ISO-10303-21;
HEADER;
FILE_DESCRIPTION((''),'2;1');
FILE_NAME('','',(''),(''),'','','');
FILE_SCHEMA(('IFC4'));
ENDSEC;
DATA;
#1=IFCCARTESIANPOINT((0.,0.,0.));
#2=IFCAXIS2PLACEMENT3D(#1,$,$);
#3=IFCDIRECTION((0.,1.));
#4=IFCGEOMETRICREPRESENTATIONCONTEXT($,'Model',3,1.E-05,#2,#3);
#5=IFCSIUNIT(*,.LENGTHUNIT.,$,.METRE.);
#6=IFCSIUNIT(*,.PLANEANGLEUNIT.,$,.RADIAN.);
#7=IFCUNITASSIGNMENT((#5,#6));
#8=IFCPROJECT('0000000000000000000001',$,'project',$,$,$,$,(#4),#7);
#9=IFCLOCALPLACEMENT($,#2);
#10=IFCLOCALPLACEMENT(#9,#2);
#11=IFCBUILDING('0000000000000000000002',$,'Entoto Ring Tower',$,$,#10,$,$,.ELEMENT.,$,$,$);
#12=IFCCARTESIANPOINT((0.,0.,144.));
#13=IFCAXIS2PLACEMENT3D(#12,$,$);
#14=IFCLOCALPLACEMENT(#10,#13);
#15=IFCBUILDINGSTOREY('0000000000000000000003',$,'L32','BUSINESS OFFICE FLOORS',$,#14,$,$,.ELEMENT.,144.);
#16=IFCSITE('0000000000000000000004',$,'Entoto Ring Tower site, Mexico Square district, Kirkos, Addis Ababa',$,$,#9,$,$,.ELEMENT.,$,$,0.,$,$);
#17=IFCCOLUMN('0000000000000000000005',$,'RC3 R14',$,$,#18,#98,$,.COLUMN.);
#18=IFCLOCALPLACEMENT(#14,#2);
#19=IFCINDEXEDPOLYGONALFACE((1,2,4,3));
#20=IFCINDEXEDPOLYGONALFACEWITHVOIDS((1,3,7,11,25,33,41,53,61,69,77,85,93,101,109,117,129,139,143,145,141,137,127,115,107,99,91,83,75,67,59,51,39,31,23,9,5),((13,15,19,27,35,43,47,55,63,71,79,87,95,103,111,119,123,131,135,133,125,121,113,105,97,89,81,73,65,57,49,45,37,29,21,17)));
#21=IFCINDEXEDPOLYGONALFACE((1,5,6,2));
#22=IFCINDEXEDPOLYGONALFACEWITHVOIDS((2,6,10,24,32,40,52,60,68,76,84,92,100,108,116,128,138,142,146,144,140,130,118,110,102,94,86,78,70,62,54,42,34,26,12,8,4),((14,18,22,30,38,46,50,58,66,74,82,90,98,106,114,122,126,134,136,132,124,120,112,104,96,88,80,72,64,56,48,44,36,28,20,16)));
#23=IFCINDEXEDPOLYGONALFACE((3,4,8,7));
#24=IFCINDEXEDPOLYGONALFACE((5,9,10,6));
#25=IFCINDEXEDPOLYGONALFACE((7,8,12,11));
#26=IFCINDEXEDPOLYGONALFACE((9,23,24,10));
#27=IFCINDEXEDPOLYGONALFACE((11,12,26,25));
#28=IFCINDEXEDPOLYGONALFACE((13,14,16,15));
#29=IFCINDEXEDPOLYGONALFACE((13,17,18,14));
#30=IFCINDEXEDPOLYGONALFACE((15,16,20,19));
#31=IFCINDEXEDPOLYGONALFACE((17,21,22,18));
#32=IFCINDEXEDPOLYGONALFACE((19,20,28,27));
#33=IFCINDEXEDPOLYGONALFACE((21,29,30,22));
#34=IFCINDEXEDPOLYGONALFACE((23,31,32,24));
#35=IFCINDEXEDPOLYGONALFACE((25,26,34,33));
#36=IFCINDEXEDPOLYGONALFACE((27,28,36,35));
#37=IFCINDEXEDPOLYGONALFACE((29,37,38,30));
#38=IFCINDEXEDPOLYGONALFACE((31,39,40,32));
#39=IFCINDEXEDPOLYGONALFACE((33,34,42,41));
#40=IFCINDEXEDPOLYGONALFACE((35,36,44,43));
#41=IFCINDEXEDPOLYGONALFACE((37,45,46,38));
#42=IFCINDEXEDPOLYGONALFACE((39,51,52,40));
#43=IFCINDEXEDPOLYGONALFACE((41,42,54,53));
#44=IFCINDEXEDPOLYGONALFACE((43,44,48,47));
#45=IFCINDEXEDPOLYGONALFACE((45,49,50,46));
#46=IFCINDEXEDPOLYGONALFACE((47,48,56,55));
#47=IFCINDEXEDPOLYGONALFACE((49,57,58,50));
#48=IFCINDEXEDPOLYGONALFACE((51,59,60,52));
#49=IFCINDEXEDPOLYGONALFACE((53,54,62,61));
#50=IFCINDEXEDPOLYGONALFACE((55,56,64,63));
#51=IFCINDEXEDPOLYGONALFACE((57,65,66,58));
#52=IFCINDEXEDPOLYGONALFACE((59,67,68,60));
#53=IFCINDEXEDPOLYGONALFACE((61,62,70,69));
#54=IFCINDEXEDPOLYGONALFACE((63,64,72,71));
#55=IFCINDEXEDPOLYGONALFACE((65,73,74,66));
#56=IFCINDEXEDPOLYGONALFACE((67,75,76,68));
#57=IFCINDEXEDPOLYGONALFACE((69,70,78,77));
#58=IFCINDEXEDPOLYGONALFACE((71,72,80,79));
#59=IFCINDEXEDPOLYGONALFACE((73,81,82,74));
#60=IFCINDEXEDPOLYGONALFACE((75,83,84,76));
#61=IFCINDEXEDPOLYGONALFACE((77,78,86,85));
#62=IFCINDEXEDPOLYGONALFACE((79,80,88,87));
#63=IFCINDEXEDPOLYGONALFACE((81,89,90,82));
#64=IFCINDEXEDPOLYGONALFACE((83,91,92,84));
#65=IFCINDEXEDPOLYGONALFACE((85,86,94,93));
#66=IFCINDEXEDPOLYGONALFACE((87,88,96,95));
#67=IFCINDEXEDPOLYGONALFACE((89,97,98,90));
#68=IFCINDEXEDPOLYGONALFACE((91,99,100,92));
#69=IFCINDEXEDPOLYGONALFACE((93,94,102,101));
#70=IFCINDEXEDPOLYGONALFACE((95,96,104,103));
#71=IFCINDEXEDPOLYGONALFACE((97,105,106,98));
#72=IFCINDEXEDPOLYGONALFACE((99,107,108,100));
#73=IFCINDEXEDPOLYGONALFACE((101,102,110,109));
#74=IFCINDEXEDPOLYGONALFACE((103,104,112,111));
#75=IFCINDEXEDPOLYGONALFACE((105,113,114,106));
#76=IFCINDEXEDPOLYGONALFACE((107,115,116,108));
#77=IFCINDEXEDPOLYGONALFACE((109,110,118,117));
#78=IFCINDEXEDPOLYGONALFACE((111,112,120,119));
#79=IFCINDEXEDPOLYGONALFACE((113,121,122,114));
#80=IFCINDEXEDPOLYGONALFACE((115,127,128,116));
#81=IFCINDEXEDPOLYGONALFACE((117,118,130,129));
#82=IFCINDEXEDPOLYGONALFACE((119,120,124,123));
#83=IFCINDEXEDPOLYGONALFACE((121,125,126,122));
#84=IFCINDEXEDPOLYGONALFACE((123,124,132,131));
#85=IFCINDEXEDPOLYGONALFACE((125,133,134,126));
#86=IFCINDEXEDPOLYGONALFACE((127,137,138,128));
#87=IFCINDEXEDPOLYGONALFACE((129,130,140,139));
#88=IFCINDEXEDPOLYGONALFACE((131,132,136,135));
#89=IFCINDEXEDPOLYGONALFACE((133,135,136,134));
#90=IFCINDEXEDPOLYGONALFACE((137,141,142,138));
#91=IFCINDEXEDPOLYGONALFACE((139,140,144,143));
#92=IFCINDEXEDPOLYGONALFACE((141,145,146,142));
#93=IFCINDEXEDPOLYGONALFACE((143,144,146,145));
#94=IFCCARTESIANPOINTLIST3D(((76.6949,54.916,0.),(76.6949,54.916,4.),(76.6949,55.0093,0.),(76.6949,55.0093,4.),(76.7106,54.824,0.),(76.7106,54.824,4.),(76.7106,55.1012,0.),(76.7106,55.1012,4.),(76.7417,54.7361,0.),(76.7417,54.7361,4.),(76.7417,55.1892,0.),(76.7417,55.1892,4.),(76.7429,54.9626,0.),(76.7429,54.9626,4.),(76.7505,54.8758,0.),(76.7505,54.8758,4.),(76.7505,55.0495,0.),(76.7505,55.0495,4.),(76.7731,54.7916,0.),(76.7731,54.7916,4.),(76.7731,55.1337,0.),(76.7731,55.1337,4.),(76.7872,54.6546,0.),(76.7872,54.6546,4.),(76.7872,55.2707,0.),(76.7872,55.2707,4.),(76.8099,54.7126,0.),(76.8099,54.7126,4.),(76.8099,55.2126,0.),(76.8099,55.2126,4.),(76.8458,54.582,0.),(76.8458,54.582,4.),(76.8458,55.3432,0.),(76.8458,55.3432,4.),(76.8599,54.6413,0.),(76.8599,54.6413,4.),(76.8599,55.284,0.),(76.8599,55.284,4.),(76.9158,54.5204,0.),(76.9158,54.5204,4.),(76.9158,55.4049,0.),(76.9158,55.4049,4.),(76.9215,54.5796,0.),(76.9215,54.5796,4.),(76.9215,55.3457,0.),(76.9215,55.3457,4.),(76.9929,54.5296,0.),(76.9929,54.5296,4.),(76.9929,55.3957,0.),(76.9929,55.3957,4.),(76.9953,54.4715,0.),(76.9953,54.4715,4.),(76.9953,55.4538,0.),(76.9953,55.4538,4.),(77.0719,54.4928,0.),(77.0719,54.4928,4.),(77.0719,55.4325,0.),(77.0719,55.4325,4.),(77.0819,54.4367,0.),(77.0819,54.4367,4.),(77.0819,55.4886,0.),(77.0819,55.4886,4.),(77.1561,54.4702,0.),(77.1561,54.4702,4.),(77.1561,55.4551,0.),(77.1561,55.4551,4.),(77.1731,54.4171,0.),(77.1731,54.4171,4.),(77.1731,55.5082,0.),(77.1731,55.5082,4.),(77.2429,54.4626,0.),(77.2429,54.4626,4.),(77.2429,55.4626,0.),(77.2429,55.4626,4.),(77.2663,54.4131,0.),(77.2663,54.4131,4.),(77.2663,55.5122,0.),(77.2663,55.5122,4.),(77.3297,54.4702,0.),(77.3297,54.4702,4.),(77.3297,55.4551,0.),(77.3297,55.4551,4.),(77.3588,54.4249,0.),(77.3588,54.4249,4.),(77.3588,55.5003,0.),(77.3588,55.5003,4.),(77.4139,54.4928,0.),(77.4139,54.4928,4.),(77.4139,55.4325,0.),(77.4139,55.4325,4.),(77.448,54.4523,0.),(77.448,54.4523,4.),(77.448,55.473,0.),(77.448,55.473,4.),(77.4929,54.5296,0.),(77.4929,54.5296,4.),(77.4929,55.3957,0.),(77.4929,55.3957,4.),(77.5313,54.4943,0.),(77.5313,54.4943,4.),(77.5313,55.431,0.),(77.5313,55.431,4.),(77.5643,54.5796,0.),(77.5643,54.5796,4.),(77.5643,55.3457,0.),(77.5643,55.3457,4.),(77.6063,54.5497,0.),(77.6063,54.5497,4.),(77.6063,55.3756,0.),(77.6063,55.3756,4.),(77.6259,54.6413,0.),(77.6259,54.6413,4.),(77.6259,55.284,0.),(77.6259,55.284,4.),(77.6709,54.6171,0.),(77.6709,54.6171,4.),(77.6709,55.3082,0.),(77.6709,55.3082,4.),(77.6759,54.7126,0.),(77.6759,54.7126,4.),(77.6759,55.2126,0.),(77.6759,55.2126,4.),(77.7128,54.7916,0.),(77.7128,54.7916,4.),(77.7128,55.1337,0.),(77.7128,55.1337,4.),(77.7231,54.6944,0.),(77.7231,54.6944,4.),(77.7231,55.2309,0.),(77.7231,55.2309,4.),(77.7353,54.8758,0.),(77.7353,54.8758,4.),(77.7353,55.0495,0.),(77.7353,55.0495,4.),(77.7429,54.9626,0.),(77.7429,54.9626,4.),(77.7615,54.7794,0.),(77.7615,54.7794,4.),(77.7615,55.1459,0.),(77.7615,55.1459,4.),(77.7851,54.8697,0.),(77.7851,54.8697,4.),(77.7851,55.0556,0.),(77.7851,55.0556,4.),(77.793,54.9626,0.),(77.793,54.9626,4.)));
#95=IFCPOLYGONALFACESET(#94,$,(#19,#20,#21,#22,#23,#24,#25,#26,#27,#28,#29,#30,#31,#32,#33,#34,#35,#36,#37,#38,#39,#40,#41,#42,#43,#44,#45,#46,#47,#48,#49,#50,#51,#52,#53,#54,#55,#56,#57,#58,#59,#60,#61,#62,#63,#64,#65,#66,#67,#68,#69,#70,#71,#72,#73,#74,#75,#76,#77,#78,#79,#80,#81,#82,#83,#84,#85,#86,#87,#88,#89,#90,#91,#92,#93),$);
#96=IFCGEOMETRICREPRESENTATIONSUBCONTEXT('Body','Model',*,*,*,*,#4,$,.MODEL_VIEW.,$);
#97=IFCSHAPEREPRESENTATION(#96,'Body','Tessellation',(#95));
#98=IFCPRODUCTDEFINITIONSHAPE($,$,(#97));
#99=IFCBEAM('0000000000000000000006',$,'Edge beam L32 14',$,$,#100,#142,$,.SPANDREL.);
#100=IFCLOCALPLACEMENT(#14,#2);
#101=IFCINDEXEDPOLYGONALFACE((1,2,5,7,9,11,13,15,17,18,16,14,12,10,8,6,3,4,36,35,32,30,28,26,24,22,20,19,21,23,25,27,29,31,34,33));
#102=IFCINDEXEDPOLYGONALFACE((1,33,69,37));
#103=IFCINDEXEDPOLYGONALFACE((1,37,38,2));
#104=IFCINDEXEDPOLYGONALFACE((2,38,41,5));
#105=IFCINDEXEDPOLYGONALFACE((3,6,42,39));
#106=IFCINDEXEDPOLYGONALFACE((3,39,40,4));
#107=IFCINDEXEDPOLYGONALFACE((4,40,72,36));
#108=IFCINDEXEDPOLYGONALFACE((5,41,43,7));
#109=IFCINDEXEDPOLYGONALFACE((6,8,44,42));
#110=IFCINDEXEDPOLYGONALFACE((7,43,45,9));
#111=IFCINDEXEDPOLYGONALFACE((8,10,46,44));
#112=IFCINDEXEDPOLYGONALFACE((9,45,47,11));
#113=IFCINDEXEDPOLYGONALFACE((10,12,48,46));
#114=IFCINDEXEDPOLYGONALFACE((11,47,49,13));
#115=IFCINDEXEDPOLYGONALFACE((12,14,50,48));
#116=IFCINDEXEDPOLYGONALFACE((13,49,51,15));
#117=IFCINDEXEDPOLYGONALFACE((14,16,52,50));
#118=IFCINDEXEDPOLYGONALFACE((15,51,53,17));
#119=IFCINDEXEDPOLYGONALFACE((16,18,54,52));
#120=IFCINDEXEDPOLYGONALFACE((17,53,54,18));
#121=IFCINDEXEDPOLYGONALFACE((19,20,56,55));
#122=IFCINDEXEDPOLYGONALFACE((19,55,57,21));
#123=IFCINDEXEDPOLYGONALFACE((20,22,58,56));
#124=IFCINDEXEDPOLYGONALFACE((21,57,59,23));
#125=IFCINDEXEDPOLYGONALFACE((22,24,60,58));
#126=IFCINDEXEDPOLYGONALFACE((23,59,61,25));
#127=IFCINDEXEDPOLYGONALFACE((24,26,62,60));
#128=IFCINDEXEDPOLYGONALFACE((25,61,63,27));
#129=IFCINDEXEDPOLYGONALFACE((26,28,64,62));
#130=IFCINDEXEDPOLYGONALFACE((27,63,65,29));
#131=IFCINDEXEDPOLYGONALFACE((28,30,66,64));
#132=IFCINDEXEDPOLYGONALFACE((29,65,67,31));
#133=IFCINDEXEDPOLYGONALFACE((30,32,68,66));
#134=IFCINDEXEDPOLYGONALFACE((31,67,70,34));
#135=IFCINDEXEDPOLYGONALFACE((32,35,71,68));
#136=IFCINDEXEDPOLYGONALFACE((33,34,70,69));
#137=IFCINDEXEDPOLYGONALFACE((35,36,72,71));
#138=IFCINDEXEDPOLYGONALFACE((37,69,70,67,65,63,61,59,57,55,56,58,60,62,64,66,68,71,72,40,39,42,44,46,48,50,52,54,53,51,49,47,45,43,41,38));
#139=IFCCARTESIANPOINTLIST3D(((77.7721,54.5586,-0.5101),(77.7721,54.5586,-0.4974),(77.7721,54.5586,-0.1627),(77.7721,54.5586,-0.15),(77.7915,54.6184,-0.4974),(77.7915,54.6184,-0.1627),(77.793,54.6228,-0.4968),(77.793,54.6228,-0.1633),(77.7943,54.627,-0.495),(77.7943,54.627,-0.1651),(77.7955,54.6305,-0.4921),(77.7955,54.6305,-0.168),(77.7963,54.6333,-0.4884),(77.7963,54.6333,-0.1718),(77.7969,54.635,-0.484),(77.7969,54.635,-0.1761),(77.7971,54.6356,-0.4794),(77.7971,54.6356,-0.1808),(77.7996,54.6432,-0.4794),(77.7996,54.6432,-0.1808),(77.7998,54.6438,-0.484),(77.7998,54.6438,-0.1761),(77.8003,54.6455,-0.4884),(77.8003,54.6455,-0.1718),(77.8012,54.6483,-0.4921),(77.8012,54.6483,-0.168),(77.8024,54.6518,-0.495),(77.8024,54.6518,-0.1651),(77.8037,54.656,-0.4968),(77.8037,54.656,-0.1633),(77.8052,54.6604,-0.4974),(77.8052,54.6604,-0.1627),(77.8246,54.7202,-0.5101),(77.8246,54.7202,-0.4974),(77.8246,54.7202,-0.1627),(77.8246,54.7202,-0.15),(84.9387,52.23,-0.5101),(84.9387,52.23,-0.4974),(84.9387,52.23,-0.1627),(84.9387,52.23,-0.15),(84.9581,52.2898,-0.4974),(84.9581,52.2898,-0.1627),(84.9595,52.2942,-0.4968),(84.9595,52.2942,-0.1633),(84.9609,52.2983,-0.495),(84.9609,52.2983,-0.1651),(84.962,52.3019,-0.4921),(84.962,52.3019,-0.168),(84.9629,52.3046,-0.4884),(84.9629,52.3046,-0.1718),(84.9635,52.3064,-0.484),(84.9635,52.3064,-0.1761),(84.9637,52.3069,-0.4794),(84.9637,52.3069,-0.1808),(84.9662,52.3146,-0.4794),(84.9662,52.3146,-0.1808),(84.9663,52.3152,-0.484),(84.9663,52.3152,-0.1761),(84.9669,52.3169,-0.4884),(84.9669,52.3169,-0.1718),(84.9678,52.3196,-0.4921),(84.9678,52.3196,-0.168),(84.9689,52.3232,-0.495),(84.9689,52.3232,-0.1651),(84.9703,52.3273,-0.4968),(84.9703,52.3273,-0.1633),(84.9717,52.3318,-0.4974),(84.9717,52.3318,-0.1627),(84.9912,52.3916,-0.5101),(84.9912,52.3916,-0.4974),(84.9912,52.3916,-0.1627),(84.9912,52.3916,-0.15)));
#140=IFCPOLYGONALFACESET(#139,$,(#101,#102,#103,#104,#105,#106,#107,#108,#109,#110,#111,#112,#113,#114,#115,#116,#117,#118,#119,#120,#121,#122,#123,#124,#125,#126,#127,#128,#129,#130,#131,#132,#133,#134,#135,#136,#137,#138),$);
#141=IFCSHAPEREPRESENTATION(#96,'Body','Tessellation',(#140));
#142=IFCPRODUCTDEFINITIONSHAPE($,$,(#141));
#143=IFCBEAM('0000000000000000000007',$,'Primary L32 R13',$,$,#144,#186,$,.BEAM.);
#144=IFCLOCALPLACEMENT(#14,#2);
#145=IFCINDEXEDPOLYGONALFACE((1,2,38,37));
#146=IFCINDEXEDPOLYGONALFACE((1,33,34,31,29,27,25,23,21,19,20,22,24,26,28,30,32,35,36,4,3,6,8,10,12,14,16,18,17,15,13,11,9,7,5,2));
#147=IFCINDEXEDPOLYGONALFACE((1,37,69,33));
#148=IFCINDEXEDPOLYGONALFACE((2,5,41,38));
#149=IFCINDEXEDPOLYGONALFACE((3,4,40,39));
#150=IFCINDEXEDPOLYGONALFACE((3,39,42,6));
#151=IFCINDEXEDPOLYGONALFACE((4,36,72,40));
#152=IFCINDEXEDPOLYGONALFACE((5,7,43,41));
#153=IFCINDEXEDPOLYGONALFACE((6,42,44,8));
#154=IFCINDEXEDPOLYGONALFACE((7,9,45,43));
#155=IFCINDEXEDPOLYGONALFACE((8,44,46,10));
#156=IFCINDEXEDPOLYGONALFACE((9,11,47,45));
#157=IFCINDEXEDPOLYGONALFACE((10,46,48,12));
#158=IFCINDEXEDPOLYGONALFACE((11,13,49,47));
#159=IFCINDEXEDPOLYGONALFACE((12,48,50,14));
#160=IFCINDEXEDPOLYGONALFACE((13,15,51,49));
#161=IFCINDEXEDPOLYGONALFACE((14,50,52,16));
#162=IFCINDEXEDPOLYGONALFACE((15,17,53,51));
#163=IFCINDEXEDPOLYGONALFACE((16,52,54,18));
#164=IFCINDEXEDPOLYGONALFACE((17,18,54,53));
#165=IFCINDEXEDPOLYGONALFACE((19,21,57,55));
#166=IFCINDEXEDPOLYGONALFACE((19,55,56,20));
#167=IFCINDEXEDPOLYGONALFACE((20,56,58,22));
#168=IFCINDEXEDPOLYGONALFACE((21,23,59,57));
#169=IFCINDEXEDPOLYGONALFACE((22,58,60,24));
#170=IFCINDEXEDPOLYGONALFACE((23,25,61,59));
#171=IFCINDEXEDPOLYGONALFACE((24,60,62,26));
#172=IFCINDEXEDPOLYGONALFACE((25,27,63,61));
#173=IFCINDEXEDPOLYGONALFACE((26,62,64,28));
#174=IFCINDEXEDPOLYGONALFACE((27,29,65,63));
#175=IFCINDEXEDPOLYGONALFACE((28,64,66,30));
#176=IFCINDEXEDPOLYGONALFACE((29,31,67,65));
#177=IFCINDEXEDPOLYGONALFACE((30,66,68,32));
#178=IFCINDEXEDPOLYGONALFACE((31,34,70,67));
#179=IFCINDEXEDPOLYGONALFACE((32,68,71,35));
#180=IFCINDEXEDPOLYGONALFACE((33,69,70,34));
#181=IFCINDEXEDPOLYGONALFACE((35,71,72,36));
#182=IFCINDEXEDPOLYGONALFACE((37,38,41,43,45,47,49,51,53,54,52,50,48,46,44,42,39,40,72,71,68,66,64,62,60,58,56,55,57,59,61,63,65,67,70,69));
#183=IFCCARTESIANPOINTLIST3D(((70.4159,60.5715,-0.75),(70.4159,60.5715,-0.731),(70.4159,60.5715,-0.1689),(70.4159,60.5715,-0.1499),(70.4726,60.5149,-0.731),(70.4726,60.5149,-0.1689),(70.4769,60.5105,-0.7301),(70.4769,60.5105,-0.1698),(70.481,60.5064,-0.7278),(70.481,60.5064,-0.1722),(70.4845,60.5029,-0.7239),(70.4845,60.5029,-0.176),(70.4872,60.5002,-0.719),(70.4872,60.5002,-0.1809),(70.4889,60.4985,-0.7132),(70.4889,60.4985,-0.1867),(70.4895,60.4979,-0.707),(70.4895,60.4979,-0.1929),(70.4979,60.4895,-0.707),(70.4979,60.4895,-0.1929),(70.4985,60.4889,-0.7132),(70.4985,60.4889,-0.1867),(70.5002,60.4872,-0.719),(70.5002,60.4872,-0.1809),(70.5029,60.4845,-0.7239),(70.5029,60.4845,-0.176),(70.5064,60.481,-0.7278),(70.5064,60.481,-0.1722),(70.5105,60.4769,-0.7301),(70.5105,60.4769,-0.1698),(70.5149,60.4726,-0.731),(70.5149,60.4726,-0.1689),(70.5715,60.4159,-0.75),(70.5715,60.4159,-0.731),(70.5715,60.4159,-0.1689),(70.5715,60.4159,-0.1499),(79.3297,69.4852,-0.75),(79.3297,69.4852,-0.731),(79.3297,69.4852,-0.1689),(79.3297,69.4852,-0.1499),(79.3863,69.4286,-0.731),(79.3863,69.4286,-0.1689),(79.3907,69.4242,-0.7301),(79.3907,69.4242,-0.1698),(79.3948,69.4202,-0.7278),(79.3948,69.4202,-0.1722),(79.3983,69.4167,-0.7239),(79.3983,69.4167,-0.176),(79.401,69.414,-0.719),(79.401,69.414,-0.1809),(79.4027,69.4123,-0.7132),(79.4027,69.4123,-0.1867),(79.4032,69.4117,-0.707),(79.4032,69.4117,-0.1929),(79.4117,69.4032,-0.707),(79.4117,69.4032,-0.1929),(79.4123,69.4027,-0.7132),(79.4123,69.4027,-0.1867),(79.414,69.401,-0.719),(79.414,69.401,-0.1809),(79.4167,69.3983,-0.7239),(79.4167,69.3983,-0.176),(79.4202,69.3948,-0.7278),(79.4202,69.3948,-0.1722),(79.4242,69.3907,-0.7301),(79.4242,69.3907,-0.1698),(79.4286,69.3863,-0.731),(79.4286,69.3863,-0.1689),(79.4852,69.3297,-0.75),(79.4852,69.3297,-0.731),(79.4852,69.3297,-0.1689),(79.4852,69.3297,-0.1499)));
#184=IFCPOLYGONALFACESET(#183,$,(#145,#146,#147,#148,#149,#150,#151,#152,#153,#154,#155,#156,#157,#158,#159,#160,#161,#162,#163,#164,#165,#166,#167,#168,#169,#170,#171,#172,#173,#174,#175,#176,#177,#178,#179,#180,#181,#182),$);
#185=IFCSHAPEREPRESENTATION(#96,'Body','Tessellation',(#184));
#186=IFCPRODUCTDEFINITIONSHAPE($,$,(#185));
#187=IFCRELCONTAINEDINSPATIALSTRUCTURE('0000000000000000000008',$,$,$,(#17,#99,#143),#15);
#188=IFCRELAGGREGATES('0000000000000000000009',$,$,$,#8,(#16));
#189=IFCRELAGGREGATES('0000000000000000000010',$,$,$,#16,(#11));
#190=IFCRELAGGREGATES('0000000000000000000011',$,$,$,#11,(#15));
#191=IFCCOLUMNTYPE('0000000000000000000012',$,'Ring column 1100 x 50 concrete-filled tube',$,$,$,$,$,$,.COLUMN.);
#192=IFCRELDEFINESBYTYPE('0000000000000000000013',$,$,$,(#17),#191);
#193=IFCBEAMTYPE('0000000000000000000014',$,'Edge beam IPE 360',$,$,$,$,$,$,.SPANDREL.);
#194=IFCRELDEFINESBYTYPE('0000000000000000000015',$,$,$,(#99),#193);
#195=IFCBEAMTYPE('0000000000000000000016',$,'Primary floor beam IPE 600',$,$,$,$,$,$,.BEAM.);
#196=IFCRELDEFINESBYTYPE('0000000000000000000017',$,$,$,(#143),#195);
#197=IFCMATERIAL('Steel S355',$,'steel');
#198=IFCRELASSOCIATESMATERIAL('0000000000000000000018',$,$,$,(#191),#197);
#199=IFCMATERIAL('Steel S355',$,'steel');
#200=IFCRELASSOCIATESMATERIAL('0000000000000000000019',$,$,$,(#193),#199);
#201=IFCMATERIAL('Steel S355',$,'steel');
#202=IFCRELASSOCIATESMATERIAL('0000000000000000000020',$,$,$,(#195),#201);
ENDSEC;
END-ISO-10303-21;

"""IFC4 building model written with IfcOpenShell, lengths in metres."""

from ifc_helpers import new_model, si_unit, direction, frame, origin, origin_2d, place, context, subcontext, project, spatial, circle, hollow_circle, i_section, extrude, material, material_profile, profile_set, type_object, element, save


model = new_model("IFC4")

# Units and contexts
model_context = context("Model", 3, precision=1e-05, world=origin(), true_north=direction((0.0, 1.0)))
body_context = subcontext(model_context, "Body", "Model", "MODEL_VIEW")
ifc_project = project(units=[si_unit("LENGTHUNIT", "METRE"), si_unit("PLANEANGLEUNIT", "RADIAN")], contexts=[model_context])

# Site, building, storey
site_placement = place(None, origin())
site = spatial("IfcSite", under=ifc_project, at=site_placement, Name="Entoto Ring Tower site, Mexico Square district, Kirkos, Addis Ababa", CompositionType="ELEMENT", RefElevation=0.0)
building_placement = place(site_placement, origin())
building = spatial("IfcBuilding", under=site, at=building_placement, Name="Entoto Ring Tower", CompositionType="ELEMENT")
storey_placement = place(building_placement, frame((0.0, 0.0, 144.0)))
storey = spatial("IfcBuildingStorey", under=building, at=storey_placement, Name="L32", Description="BUSINESS OFFICE FLOORS", CompositionType="ELEMENT", Elevation=144.0)

# Column
ifc_material_1 = material(Name="Steel S355", Category="steel")
ifc_material_profile_1 = material_profile(ifc_material_1, hollow_circle(Radius=0.55, WallThickness=0.05, at=origin_2d()), Name="CHS 1100 x 50")
ifc_material_2 = material(Name="Concrete C60/75", Category="concrete")
ifc_material_profile_2 = material_profile(ifc_material_2, circle(Radius=0.5, at=origin_2d()), Name="Concrete C60/75 infill")
ifc_profile_set_1 = profile_set([ifc_material_profile_1, ifc_material_profile_2], Name="Steel S355")
column_type = type_object("IfcColumnType", Name="Ring column 1100 x 50 concrete-filled tube", PredefinedType="COLUMN", material=ifc_profile_set_1)
column_placement = place(storey_placement, frame((77.2429, 54.9626, 0.0), z_axis=(0.0, 0.0, 1.0), x_axis=(1.0, 0.0, 0.0)))
element("IfcColumn", 1, at=column_placement, inside=storey, type_object=column_type, Name="RC3 R14", PredefinedType="COLUMN", context=body_context, shape_type="SweptSolid", body=[
    extrude(hollow_circle(Radius=0.55, WallThickness=0.05, at=origin_2d()), origin(), (0.0, 0.0, 1.0), 4.0),
])

# Beams
ifc_material_3 = material(Name="Steel S355", Category="steel")
ifc_material_profile_3 = material_profile(ifc_material_3, i_section(OverallWidth=0.1699, OverallDepth=0.3601, WebThickness=0.0081, FlangeThickness=0.0127, FilletRadius=0.0181, at=origin_2d()), Name="IPE 360")
ifc_profile_set_2 = profile_set([ifc_material_profile_3], Name="Steel S355")
beam_type_1 = type_object("IfcBeamType", Name="Edge beam IPE 360", PredefinedType="SPANDREL", material=ifc_profile_set_2)
beam_1_placement = place(storey_placement, frame((77.7983, 54.6394, -0.3301), z_axis=(0.951054, -0.309026, 0.0), x_axis=(0.309026, 0.951054, 0.0)))
element("IfcBeam", 2, at=beam_1_placement, inside=storey, type_object=beam_type_1, Name="Edge beam L32 14", PredefinedType="SPANDREL", context=body_context, shape_type="SweptSolid", body=[
    extrude(i_section(OverallWidth=0.1699, OverallDepth=0.3601, WebThickness=0.0081, FlangeThickness=0.0127, FilletRadius=0.0181, at=origin_2d()), origin(), (0.0, 0.0, 1.0), 7.5354),
])
ifc_material_4 = material(Name="Steel S355", Category="steel")
ifc_material_profile_4 = material_profile(ifc_material_4, i_section(OverallWidth=0.22, OverallDepth=0.6001, WebThickness=0.012, FlangeThickness=0.019, FilletRadius=0.0239, at=origin_2d()), Name="IPE 600")
ifc_profile_set_3 = profile_set([ifc_material_profile_4], Name="Steel S355")
beam_type_2 = type_object("IfcBeamType", Name="Primary floor beam IPE 600", PredefinedType="BEAM", material=ifc_profile_set_3)
beam_2_placement = place(storey_placement, frame((79.4075, 69.4075, -0.45), z_axis=(-0.707107, -0.707107, 0.0), x_axis=(0.707107, -0.707107, 0.0)))
element("IfcBeam", 3, at=beam_2_placement, inside=storey, type_object=beam_type_2, Name="Primary L32 R13", PredefinedType="BEAM", context=body_context, shape_type="SweptSolid", body=[
    extrude(i_section(OverallWidth=0.22, OverallDepth=0.6001, WebThickness=0.012, FlangeThickness=0.019, FilletRadius=0.0239, at=origin_2d()), origin(), (0.0, 0.0, 1.0), 12.606),
])

save(model, "model.ifc")
